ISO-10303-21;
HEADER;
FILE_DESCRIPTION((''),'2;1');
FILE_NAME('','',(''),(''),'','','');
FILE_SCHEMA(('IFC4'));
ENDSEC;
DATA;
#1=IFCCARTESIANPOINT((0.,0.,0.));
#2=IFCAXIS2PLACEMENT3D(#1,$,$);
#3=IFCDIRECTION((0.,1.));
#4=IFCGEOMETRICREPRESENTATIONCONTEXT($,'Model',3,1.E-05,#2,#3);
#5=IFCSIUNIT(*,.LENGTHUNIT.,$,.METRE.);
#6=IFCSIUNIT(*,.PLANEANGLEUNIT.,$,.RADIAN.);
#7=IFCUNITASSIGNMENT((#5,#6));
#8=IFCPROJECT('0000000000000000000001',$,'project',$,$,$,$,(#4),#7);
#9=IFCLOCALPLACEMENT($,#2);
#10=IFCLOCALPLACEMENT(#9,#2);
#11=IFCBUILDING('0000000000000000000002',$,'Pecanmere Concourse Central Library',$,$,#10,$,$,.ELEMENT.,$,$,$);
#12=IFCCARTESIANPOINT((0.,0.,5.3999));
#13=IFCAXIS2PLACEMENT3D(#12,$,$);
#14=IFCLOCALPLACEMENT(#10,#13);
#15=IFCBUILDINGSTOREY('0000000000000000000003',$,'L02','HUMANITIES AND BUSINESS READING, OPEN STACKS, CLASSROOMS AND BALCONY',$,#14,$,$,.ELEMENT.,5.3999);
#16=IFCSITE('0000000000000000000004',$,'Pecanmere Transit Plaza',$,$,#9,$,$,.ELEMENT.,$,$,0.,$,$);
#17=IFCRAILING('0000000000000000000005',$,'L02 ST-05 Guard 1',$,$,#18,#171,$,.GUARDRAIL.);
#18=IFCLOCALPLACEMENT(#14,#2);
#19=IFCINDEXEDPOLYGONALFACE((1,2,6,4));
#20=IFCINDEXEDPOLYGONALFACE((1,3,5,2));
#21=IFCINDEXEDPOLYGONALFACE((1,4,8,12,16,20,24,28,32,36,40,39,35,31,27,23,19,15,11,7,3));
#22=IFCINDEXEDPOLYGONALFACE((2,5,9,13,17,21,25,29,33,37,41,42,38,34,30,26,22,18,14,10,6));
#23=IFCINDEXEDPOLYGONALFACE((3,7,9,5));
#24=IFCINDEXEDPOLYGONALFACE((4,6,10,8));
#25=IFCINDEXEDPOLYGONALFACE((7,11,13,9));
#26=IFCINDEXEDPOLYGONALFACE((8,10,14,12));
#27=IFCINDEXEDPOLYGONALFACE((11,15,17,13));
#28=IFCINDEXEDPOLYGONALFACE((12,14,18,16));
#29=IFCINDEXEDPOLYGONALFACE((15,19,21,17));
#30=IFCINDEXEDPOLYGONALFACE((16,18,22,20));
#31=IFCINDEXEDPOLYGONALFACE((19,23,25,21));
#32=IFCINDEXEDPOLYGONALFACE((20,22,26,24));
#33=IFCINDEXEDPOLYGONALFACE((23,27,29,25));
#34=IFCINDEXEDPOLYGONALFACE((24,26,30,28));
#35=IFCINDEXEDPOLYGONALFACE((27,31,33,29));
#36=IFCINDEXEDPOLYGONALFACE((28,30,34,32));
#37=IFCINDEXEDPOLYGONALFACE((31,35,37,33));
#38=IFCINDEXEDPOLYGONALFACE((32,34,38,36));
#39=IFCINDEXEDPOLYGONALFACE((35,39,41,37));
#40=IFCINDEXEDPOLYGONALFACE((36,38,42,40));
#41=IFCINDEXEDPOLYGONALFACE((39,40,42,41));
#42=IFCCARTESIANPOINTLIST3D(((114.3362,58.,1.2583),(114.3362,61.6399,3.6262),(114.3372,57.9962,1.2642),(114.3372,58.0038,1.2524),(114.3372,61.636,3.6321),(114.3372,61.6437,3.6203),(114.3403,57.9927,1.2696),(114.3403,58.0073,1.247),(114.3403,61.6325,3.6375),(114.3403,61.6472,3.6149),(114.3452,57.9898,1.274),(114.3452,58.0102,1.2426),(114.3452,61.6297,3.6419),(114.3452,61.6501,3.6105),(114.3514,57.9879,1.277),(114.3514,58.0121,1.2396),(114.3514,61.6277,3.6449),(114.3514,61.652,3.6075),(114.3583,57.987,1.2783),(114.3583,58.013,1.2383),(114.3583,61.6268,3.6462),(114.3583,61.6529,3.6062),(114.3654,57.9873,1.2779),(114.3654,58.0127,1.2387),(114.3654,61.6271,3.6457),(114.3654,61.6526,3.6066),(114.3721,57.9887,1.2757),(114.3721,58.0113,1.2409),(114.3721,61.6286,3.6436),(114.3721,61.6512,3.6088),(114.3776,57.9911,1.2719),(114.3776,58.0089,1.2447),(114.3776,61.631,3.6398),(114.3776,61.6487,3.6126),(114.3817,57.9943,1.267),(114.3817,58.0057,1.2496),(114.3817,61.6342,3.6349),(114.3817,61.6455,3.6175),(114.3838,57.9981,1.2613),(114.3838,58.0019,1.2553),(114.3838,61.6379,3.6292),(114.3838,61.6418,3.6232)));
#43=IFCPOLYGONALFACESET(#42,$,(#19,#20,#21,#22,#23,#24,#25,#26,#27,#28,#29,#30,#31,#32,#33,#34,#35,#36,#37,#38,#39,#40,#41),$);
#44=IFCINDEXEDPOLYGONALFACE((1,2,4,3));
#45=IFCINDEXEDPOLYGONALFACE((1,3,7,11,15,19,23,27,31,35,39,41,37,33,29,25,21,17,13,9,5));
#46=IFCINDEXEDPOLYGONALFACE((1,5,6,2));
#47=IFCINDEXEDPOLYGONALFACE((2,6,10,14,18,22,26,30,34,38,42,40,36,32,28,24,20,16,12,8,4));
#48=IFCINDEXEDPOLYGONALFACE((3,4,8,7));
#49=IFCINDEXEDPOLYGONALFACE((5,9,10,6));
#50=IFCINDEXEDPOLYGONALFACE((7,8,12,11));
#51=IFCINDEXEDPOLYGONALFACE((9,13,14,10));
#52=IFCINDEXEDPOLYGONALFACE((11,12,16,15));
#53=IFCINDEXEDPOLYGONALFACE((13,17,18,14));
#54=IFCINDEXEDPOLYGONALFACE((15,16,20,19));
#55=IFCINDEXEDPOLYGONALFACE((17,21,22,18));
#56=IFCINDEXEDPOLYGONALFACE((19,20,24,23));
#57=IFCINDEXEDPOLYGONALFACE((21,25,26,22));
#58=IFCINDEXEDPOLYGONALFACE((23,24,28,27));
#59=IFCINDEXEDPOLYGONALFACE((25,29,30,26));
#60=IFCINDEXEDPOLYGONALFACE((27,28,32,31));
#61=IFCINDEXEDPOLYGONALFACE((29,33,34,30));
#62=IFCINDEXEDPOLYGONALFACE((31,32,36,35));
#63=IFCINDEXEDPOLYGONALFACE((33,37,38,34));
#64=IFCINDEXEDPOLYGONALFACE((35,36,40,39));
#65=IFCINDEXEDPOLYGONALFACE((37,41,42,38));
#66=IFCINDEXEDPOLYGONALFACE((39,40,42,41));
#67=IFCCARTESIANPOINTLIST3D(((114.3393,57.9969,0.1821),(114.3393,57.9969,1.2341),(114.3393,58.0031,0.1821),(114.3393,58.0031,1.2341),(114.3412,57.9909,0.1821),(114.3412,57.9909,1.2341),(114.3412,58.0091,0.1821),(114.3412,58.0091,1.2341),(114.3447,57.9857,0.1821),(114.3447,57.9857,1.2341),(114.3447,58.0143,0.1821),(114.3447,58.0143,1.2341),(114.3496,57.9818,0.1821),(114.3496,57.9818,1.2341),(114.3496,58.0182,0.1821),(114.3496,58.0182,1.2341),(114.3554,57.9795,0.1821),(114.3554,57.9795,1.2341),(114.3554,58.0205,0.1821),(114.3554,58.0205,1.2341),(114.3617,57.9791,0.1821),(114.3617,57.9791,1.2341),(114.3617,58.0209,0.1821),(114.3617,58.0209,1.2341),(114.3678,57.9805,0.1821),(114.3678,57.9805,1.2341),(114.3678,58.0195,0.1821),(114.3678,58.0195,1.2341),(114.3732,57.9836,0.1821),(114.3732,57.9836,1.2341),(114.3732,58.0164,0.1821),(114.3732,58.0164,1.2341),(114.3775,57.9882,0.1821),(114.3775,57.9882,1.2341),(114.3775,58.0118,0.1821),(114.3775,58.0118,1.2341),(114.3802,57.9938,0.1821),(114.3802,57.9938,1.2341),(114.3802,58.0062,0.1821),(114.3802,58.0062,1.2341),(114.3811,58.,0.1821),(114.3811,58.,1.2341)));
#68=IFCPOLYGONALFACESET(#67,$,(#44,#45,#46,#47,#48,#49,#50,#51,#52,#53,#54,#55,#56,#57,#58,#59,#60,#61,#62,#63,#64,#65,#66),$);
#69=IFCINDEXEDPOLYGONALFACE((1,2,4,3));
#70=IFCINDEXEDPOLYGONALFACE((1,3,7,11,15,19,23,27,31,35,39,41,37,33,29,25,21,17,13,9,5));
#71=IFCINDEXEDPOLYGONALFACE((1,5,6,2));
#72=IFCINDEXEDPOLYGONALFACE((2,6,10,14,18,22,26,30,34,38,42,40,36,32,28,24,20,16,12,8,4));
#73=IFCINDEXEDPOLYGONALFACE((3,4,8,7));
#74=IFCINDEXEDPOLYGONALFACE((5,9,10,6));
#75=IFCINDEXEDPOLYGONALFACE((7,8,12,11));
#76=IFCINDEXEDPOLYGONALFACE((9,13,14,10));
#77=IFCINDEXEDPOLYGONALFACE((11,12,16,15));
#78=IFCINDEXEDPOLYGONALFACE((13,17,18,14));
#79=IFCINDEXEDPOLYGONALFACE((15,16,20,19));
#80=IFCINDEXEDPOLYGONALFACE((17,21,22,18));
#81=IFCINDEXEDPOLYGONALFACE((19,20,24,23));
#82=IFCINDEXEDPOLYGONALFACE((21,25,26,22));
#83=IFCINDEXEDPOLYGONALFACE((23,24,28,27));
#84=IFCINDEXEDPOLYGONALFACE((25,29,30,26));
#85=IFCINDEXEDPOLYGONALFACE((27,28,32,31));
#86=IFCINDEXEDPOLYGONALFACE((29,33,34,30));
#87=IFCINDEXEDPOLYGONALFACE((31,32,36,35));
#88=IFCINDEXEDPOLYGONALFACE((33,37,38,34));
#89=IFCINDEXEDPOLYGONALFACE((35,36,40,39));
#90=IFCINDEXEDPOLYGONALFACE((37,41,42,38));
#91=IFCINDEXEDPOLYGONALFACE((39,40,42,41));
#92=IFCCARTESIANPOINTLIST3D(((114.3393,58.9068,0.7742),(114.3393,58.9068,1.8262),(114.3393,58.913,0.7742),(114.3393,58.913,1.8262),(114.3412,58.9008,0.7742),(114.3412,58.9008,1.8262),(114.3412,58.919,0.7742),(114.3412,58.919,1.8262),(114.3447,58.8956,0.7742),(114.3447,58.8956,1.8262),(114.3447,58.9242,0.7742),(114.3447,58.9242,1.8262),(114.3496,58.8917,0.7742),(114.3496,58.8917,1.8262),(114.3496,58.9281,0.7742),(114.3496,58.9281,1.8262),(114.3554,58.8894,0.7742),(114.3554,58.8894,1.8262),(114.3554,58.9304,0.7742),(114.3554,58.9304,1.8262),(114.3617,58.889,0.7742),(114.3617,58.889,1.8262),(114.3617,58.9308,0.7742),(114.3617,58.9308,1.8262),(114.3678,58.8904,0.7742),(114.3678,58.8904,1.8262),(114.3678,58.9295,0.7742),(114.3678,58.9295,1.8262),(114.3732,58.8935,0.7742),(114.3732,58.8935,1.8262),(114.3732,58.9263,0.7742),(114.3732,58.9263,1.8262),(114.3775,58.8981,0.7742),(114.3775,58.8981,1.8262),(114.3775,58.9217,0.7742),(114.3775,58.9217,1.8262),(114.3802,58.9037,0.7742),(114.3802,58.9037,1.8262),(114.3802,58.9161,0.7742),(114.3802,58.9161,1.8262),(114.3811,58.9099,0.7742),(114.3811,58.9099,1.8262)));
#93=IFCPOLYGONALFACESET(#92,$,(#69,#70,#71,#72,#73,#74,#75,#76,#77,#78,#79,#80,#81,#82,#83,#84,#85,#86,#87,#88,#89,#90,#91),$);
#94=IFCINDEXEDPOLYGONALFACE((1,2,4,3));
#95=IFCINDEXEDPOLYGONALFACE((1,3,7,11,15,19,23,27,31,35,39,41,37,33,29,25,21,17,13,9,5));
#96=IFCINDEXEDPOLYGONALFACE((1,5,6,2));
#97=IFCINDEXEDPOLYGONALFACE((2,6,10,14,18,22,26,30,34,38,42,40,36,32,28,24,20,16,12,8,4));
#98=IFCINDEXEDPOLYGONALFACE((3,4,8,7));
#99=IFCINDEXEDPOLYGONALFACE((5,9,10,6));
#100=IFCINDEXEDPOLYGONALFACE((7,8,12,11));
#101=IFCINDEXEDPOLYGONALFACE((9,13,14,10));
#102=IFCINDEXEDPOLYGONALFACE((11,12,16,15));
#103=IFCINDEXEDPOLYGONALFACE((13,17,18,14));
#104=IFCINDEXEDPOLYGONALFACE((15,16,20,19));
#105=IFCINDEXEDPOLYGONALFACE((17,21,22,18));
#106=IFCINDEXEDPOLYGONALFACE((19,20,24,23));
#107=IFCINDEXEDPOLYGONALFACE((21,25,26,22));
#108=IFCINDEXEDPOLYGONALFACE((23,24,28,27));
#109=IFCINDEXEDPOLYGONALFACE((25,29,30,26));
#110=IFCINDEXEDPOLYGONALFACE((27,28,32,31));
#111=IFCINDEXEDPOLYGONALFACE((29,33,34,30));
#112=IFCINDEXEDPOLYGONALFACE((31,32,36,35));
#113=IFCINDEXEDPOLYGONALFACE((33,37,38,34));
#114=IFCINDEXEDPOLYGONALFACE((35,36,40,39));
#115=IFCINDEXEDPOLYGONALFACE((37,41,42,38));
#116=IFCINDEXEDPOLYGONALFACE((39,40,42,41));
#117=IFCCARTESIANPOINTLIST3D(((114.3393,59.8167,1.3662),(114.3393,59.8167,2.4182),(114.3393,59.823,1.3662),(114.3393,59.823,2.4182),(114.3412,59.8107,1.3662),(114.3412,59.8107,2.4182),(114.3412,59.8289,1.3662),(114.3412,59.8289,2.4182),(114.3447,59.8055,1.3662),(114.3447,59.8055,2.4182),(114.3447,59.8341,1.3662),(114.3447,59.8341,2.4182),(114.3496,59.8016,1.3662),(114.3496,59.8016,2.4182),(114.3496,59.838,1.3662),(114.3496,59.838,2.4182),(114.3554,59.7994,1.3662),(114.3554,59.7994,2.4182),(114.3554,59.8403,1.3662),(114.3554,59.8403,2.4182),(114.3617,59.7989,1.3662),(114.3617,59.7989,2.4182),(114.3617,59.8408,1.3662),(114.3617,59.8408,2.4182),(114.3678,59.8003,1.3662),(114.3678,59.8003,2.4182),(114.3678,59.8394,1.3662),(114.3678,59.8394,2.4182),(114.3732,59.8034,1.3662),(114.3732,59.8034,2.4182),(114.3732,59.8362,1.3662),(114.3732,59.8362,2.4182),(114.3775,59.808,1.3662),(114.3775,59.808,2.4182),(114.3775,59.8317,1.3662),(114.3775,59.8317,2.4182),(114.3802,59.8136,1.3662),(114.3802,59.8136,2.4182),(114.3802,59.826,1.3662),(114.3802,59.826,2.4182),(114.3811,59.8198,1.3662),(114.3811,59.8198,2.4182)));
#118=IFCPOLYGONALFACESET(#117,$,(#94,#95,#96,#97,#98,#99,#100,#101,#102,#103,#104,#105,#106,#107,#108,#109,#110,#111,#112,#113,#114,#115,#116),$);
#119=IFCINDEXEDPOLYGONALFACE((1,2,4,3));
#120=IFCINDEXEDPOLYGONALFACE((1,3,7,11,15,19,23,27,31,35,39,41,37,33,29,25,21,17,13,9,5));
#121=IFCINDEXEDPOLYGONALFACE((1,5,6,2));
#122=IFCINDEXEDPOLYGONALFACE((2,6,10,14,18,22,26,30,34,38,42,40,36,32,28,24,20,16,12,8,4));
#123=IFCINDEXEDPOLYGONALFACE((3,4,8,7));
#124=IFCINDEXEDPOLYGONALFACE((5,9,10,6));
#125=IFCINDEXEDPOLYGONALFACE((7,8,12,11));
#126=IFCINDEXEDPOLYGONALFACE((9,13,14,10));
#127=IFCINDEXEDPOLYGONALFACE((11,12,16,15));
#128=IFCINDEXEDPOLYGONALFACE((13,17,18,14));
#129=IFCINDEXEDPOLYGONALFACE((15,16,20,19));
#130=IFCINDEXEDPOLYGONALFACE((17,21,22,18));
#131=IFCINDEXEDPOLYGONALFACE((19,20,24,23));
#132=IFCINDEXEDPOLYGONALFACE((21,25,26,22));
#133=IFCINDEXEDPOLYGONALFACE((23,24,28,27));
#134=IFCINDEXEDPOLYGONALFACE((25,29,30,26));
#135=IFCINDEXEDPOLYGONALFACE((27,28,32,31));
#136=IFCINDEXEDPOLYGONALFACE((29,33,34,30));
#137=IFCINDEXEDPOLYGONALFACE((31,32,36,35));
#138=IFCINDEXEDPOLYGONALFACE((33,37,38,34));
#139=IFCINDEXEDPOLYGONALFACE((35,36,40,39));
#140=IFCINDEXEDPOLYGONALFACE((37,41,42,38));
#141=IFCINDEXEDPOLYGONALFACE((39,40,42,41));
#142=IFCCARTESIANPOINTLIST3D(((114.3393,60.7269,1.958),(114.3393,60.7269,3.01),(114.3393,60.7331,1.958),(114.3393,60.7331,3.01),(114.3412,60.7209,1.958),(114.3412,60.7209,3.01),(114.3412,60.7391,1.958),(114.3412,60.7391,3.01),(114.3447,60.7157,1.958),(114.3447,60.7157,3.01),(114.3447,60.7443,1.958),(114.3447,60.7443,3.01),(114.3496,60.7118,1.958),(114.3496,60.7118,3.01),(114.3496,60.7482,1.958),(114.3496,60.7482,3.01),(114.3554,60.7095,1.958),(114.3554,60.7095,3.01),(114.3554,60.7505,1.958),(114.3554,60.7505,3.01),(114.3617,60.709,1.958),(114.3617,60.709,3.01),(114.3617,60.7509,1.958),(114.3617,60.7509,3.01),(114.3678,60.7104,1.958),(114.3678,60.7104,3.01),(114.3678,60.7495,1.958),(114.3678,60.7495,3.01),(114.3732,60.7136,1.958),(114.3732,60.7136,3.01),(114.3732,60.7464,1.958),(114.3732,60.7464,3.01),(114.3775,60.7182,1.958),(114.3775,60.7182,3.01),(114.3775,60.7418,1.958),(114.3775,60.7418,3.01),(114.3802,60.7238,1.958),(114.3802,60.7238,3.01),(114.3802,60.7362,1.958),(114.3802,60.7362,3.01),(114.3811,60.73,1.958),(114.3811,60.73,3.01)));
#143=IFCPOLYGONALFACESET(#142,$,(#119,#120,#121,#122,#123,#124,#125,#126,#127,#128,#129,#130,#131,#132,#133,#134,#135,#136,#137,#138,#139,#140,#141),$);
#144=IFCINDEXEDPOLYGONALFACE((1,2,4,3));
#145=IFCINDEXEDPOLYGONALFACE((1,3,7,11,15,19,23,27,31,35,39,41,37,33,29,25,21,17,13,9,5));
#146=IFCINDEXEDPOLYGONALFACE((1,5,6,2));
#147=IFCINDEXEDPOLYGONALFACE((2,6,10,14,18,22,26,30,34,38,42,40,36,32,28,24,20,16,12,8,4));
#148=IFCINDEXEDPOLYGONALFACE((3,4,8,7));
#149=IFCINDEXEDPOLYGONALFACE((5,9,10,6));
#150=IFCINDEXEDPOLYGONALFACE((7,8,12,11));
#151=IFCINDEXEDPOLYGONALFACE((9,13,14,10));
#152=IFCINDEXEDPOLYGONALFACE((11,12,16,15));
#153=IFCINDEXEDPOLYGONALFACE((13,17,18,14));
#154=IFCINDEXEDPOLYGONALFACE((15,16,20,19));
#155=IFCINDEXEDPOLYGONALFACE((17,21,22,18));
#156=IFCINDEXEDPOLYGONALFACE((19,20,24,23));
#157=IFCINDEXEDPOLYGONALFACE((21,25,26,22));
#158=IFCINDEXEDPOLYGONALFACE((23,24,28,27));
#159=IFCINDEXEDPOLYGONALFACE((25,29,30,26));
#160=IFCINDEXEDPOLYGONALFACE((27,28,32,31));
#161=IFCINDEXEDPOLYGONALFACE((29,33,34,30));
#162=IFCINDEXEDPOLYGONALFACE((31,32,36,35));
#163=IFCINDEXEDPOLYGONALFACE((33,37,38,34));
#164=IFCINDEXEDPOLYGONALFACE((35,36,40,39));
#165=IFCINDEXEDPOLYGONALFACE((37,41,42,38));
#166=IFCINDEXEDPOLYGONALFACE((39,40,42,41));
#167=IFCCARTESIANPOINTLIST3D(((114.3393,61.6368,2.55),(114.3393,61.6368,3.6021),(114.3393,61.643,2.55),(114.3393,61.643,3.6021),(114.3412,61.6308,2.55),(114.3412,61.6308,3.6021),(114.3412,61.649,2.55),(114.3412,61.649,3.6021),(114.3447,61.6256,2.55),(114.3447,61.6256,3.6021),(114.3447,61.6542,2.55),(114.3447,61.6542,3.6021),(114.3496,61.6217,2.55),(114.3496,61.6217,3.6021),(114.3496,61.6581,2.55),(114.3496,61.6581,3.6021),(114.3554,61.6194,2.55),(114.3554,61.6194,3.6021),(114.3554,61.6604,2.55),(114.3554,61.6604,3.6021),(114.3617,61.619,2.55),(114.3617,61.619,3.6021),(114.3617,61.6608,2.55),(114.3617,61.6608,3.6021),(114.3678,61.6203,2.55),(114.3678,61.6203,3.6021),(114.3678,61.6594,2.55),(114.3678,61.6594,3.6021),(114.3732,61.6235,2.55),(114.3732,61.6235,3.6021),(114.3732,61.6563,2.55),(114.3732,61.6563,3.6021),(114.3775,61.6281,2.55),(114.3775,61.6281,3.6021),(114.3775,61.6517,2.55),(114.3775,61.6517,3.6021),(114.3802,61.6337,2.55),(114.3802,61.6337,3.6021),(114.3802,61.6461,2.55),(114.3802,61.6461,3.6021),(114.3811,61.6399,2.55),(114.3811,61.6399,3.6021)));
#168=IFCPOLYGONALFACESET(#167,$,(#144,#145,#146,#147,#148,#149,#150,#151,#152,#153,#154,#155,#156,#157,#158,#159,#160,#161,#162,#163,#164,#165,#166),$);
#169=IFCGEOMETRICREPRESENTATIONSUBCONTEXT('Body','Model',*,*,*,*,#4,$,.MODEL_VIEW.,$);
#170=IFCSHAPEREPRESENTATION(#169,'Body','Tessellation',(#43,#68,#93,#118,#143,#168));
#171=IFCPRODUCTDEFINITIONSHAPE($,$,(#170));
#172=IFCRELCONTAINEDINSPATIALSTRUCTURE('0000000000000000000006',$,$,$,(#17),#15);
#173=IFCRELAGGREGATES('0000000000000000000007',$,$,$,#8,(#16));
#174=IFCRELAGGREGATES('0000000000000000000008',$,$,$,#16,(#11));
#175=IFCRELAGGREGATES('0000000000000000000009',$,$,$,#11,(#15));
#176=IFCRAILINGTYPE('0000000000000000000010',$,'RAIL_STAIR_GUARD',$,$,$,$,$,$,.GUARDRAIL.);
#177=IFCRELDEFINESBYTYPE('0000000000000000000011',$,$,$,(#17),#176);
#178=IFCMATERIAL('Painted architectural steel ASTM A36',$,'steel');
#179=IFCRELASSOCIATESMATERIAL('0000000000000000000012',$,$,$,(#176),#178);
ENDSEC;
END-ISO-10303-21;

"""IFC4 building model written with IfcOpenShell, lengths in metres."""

from ifc_helpers import new_model, si_unit, direction, frame, origin, origin_2d, place, context, subcontext, project, spatial, circle, extrude, material, type_object, element, save


model = new_model("IFC4")

# Units and contexts
model_context = context("Model", 3, precision=1e-05, world=origin(), true_north=direction((0.0, 1.0)))
body_context = subcontext(model_context, "Body", "Model", "MODEL_VIEW")
ifc_project = project(units=[si_unit("LENGTHUNIT", "METRE"), si_unit("PLANEANGLEUNIT", "RADIAN")], contexts=[model_context])

# Site, building, storey
site_placement = place(None, origin())
site = spatial("IfcSite", under=ifc_project, at=site_placement, Name="Pecanmere Transit Plaza", CompositionType="ELEMENT", RefElevation=0.0)
building_placement = place(site_placement, origin())
building = spatial("IfcBuilding", under=site, at=building_placement, Name="Pecanmere Concourse Central Library", CompositionType="ELEMENT")
storey_placement = place(building_placement, frame((0.0, 0.0, 5.3999)))
storey = spatial("IfcBuildingStorey", under=building, at=storey_placement, Name="L02", Description="HUMANITIES AND BUSINESS READING, OPEN STACKS, CLASSROOMS AND BALCONY", CompositionType="ELEMENT", Elevation=5.3999)

# Railing
ifc_material_1 = material(Name="Painted architectural steel ASTM A36", Category="steel")
railing_type_1 = type_object("IfcRailingType", Name="RAIL_STAIR_GUARD", PredefinedType="GUARDRAIL", material=ifc_material_1)
railing_1_placement = place(storey_placement, frame((114.3601, 58.0, 0.1821)))
element("IfcRailing", 1, at=railing_1_placement, inside=storey, type_object=railing_type_1, Name="L02 ST-05 Guard 1", PredefinedType="GUARDRAIL", context=body_context, shape_type="SweptSolid", body=[
    extrude(circle(Radius=0.0239, at=origin_2d()), frame((0.0, 0.0, 1.0762), z_axis=(0.0, 0.838234, 0.54531), x_axis=(-1.0, 0.0, 0.0)), (0.0, 0.0, 1.0), 4.3423),
    extrude(circle(Radius=0.021, at=origin_2d()), origin(), (0.0, 0.0, 1.0), 1.052),
    extrude(circle(Radius=0.021, at=origin_2d()), frame((0.0, 0.9099, 0.592)), (0.0, 0.0, 1.0), 1.052),
    extrude(circle(Radius=0.021, at=origin_2d()), frame((0.0, 1.8198, 1.1841)), (0.0, 0.0, 1.0), 1.052),
    extrude(circle(Radius=0.021, at=origin_2d()), frame((0.0, 2.73, 1.7759)), (0.0, 0.0, 1.0), 1.052),
    extrude(circle(Radius=0.021, at=origin_2d()), frame((0.0, 3.6399, 2.3679)), (0.0, 0.0, 1.0), 1.052),
])

save(model, "model.ifc")
